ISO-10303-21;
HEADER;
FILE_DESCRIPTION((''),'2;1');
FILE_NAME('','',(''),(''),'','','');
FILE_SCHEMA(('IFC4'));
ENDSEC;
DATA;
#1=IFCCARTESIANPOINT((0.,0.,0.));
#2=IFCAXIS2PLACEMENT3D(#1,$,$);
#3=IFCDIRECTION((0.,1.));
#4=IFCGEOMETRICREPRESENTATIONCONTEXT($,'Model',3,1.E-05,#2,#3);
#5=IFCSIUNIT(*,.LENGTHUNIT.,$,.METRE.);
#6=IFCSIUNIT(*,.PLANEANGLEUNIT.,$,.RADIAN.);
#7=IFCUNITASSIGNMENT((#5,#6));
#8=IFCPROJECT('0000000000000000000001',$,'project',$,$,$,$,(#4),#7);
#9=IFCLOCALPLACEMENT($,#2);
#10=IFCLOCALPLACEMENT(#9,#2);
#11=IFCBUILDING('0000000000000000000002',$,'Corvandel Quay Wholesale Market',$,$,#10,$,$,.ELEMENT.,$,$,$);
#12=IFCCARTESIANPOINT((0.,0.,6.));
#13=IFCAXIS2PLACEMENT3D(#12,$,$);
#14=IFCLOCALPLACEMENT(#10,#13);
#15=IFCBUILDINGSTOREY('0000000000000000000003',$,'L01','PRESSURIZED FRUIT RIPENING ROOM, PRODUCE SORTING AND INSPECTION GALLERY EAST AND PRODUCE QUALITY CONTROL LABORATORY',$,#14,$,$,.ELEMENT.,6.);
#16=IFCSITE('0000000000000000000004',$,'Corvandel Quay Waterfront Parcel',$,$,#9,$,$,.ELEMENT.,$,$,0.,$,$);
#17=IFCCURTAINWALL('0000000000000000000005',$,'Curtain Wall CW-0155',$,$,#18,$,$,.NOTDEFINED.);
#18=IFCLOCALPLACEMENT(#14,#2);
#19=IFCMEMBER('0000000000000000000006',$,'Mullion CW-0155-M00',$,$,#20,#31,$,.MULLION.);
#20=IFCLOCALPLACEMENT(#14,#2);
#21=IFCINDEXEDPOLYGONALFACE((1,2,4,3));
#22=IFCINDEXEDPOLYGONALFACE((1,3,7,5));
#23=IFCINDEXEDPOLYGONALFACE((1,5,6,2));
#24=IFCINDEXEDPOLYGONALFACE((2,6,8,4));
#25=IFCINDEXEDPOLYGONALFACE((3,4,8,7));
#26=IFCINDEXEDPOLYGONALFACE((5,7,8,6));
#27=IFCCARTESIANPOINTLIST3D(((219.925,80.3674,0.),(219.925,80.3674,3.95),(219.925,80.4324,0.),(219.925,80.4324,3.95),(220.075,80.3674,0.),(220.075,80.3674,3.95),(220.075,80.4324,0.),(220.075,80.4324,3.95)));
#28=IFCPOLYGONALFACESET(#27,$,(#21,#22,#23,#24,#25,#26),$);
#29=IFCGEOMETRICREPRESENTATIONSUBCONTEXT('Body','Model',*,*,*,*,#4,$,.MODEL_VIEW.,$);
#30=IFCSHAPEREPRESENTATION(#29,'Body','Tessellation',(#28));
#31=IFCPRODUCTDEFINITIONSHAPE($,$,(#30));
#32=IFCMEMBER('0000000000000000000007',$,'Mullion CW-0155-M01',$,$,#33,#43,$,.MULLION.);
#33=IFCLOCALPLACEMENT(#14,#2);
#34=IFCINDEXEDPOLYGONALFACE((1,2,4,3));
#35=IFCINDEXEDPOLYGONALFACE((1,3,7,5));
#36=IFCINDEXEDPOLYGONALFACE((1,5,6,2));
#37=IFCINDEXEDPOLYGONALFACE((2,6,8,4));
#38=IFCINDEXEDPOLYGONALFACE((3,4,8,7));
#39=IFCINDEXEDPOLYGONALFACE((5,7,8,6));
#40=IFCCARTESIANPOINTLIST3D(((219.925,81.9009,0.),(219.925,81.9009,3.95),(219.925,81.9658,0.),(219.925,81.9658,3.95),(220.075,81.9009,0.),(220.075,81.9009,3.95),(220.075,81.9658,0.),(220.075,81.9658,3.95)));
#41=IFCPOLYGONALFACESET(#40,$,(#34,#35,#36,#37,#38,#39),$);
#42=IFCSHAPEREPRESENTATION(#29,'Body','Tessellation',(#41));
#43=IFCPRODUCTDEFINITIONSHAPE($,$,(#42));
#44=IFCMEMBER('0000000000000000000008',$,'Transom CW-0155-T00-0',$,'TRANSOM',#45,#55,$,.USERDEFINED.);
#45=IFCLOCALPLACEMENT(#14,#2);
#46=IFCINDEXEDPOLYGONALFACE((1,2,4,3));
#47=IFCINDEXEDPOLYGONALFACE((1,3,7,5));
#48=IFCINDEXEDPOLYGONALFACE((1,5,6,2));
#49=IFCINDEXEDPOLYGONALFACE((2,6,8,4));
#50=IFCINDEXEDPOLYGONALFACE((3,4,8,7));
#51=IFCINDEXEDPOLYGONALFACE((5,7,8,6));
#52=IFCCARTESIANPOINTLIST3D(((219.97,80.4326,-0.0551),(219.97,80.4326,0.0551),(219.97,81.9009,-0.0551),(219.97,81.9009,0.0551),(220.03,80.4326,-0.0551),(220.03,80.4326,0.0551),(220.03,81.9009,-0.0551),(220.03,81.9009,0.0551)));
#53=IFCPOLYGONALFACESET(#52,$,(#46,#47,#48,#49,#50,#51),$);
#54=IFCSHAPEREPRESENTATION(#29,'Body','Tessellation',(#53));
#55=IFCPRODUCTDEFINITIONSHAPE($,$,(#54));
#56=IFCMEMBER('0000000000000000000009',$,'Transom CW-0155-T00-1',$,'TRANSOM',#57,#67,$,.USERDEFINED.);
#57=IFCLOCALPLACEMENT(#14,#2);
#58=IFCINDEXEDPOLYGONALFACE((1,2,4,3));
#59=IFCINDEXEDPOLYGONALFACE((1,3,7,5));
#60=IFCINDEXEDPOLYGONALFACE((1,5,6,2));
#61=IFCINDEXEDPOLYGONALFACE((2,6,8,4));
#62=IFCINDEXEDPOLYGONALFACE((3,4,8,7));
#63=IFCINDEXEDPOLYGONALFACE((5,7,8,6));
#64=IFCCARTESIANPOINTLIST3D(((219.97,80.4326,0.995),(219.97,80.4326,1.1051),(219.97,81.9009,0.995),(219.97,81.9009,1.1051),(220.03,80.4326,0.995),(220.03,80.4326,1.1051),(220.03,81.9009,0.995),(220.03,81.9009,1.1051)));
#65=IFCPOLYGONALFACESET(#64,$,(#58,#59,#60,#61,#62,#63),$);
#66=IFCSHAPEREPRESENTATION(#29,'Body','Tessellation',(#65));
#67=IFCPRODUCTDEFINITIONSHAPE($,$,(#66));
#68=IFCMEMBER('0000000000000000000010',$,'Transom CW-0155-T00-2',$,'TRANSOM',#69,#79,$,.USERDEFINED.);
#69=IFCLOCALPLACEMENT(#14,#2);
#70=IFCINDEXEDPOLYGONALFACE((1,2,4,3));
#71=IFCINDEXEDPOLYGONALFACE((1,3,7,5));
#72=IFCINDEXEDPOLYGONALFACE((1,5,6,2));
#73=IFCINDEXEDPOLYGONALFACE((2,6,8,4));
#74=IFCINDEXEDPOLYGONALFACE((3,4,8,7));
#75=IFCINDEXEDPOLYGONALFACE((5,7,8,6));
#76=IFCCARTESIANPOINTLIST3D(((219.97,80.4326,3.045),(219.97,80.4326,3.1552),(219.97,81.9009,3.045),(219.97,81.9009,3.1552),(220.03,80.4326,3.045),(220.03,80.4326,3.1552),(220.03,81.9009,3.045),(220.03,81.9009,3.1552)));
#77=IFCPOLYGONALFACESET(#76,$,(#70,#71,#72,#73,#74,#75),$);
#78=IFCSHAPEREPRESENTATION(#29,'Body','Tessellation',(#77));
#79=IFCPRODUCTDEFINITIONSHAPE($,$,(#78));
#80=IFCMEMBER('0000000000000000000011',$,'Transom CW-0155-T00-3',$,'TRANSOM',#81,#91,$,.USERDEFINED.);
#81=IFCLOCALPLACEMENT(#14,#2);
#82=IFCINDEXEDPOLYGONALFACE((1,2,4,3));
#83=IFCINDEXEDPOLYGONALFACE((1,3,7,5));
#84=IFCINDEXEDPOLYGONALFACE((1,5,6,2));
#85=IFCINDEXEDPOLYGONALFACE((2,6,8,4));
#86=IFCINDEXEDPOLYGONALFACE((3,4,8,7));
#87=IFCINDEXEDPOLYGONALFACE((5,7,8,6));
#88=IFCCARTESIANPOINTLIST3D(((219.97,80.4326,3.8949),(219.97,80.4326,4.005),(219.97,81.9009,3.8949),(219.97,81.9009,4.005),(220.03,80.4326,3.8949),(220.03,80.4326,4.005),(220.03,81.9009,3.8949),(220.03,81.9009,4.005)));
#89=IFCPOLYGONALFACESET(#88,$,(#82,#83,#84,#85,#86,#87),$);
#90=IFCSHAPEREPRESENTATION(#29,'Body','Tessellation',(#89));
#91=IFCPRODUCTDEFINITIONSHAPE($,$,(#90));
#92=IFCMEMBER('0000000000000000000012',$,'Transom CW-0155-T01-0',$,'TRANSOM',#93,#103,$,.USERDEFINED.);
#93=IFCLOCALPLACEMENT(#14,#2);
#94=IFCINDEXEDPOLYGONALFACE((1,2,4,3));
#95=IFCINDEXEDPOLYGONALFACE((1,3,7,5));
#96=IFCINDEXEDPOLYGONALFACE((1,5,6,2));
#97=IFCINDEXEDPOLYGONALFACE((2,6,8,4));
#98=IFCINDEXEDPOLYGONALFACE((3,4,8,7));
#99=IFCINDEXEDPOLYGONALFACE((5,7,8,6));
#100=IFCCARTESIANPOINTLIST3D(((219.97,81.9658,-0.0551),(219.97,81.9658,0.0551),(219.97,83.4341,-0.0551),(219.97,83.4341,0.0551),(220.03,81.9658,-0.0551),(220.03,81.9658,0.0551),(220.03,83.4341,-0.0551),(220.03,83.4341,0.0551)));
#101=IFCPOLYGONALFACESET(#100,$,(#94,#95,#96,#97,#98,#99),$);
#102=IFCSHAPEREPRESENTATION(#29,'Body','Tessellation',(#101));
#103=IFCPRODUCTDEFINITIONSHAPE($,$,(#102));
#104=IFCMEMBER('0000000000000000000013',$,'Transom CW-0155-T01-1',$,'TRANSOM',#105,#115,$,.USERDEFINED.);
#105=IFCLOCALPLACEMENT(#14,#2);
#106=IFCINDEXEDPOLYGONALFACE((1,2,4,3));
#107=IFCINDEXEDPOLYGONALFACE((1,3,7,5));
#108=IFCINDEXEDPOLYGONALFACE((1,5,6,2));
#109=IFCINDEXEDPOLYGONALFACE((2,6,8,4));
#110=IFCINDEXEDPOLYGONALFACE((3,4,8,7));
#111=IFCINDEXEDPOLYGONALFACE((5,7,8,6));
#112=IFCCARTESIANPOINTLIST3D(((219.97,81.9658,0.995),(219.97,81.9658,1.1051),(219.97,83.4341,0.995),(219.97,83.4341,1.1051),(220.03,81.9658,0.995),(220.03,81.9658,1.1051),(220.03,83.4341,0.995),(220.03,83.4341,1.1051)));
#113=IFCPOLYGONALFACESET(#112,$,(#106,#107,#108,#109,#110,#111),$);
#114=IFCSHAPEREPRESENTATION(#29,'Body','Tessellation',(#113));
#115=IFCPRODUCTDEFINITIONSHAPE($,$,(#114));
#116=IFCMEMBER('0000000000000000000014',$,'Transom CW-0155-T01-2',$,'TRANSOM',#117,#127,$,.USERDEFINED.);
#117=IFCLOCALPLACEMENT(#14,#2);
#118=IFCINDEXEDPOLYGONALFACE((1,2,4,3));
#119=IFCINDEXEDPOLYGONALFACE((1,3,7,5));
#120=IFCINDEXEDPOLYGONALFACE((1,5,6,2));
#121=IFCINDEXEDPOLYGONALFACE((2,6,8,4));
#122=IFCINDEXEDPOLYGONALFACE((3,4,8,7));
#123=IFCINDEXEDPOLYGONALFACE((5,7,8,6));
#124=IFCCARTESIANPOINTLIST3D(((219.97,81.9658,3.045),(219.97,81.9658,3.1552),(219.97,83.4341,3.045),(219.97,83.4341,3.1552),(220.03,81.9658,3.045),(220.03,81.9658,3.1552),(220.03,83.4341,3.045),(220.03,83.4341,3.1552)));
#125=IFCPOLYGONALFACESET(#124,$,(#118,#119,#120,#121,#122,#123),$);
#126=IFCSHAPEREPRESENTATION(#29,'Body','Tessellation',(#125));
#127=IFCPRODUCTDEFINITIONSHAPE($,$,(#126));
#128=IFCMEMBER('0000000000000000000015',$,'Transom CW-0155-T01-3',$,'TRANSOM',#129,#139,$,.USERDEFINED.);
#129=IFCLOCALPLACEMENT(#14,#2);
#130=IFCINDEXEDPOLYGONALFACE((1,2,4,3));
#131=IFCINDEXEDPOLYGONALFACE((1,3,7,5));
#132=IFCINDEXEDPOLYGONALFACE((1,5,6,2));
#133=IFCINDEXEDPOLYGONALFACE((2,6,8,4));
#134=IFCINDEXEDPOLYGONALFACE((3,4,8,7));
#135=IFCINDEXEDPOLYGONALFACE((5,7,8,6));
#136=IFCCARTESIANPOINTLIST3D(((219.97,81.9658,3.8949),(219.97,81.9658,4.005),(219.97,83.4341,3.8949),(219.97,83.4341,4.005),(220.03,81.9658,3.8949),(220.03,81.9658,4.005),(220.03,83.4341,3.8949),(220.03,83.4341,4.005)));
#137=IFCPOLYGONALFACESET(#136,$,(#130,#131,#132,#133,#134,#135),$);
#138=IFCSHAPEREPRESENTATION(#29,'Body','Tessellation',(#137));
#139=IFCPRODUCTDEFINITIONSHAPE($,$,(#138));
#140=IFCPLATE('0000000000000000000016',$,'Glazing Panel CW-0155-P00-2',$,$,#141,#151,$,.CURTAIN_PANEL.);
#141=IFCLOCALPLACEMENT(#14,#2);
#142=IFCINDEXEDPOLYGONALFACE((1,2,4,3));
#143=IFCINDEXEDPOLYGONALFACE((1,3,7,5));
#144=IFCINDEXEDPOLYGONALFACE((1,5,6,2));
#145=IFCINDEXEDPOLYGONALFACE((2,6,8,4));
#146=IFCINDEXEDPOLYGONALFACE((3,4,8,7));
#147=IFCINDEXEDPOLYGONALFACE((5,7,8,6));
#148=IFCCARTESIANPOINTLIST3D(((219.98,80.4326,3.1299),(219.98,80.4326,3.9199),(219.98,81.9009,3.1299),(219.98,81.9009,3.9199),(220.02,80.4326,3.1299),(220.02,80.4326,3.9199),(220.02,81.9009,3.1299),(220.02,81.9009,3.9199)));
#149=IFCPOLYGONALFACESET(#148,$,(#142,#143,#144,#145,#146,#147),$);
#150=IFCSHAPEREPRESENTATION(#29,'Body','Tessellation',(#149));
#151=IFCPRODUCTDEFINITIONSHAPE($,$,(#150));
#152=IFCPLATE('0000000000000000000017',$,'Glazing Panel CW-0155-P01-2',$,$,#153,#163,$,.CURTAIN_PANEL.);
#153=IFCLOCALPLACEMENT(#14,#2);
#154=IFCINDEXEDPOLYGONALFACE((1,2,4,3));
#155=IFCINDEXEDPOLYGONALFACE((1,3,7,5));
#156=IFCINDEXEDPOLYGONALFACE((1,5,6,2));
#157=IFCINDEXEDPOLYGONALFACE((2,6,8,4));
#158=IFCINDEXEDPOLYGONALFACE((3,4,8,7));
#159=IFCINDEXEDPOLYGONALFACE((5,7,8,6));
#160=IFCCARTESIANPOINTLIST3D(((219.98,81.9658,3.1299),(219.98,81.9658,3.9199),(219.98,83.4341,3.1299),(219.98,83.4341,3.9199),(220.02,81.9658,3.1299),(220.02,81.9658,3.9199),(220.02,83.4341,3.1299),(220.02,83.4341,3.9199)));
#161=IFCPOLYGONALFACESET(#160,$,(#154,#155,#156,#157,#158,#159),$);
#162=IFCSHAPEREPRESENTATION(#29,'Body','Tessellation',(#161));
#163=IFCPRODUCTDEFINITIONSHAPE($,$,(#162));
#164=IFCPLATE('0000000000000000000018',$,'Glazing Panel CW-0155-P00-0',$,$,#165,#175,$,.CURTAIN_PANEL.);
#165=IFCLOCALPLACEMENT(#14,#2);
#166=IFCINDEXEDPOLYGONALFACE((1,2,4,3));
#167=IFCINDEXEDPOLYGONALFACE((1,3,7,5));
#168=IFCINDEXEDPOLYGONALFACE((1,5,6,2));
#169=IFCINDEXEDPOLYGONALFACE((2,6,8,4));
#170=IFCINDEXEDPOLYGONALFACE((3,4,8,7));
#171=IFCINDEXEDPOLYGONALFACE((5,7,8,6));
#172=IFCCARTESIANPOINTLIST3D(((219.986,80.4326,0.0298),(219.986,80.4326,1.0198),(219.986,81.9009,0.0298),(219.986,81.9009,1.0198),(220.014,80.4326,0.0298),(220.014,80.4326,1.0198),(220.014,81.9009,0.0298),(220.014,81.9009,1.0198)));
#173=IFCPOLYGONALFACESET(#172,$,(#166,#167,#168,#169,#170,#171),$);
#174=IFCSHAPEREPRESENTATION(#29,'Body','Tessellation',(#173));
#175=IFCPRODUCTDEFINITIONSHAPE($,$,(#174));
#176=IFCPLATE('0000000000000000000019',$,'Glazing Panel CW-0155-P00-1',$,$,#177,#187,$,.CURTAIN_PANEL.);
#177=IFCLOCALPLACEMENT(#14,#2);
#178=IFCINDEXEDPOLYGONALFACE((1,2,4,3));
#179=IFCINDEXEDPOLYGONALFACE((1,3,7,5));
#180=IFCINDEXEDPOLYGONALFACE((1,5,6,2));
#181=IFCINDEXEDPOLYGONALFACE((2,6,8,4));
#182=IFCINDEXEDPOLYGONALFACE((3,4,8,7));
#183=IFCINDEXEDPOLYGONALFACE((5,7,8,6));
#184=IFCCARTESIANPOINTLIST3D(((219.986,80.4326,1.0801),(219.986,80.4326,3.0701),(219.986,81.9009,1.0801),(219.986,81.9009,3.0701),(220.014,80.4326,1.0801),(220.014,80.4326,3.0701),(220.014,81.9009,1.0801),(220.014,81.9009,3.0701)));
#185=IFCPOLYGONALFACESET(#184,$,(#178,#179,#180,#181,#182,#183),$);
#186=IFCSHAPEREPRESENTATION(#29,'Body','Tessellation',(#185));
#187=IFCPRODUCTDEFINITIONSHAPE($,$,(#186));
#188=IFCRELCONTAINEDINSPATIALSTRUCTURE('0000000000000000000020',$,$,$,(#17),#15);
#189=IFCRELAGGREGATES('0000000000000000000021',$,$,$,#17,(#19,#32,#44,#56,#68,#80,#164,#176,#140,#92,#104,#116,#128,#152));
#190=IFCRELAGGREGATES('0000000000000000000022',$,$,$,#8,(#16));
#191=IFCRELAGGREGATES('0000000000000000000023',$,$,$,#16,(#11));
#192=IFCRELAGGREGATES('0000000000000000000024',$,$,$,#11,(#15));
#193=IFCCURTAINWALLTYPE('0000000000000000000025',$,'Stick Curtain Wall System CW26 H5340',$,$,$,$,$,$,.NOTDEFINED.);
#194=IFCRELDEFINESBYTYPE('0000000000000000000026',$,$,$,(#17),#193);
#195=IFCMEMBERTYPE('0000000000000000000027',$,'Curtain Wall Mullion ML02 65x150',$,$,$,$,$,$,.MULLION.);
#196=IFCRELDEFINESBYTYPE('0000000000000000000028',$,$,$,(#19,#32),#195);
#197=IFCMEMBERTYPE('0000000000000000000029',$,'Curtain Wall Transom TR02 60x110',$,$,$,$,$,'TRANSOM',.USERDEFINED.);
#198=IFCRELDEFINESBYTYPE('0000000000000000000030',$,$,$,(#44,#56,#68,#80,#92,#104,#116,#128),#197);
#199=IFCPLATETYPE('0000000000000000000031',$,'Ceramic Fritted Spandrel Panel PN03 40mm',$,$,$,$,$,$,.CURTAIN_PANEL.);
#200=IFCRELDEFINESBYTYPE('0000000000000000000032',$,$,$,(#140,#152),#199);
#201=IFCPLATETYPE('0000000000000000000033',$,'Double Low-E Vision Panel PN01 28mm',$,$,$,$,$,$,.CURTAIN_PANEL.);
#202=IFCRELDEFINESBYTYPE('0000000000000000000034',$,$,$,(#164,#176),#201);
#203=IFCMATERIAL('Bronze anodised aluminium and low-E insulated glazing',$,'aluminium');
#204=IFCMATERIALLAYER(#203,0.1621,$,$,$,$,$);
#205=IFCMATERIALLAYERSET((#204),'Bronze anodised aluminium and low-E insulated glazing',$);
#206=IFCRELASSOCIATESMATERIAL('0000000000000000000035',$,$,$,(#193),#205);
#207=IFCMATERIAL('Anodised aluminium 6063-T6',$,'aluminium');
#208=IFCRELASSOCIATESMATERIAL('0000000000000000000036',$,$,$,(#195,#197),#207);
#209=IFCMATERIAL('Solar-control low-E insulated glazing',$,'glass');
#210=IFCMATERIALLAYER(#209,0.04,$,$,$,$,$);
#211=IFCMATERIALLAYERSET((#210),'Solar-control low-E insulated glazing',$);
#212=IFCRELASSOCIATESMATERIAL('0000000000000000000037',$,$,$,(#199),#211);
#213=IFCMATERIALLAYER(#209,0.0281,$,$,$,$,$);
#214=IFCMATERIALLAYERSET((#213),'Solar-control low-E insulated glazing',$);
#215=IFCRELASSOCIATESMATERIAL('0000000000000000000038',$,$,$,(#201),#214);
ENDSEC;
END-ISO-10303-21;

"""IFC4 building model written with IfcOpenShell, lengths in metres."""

from ifc_helpers import new_model, si_unit, direction, frame, origin, origin_2d, place, context, subcontext, project, spatial, rectangle, extrude, material, layer, layer_set, material_profile, profile_set, type_object, element, aggregate, save


model = new_model("IFC4")

# Units and contexts
model_context = context("Model", 3, precision=1e-05, world=origin(), true_north=direction((0.0, 1.0)))
body_context = subcontext(model_context, "Body", "Model", "MODEL_VIEW")
ifc_project = project(units=[si_unit("LENGTHUNIT", "METRE"), si_unit("PLANEANGLEUNIT", "RADIAN")], contexts=[model_context])

# Site, building, storey
site_placement = place(None, origin())
site = spatial("IfcSite", under=ifc_project, at=site_placement, Name="Corvandel Quay Waterfront Parcel", CompositionType="ELEMENT", RefElevation=0.0)
building_placement = place(site_placement, origin())
building = spatial("IfcBuilding", under=site, at=building_placement, Name="Corvandel Quay Wholesale Market", CompositionType="ELEMENT")
storey_placement = place(building_placement, frame((0.0, 0.0, 6.0)))
storey = spatial("IfcBuildingStorey", under=building, at=storey_placement, Name="L01", Description="PRESSURIZED FRUIT RIPENING ROOM, PRODUCE SORTING AND INSPECTION GALLERY EAST AND PRODUCE QUALITY CONTROL LABORATORY", CompositionType="ELEMENT", Elevation=6.0)

# Curtain wall, members, plates
ifc_material_1 = material(Name="Bronze anodised aluminium and low-E insulated glazing", Category="aluminium")
ifc_layer_1 = layer(ifc_material_1, 0.1621)
ifc_layer_set_1 = layer_set([ifc_layer_1], Name="Bronze anodised aluminium and low-E insulated glazing")
curtain_wall_type = type_object("IfcCurtainWallType", Name="Stick Curtain Wall System CW26 H5340", PredefinedType="NOTDEFINED", material=ifc_layer_set_1)
curtain_wall_placement = place(storey_placement, origin())
curtain_wall = element("IfcCurtainWall", 1, at=curtain_wall_placement, inside=storey, type_object=curtain_wall_type, Name="Curtain Wall CW-0155", PredefinedType="NOTDEFINED")
ifc_material_2 = material(Name="Anodised aluminium 6063-T6", Category="aluminium")
ifc_material_profile_1 = material_profile(ifc_material_2, rectangle(XDim=0.0649, YDim=0.1499, at=origin_2d()), Name="ALU-MUL-65x150")
ifc_profile_set_1 = profile_set([ifc_material_profile_1], Name="Anodised aluminium 6063-T6")
member_type_1 = type_object("IfcMemberType", Name="Curtain Wall Mullion ML02 65x150", PredefinedType="MULLION", material=ifc_profile_set_1)
member_1_placement = place(storey_placement, frame((220.0, 80.3999, 0.0), z_axis=(0.0, 0.0, 1.0), x_axis=(0.0, 1.0, 0.0)))
member_1 = element("IfcMember", 2, at=member_1_placement, type_object=member_type_1, Name="Mullion CW-0155-M00", PredefinedType="MULLION", context=body_context, shape_type="SweptSolid", body=[
    extrude(rectangle(XDim=0.0649, YDim=0.1499, at=origin_2d()), origin(), (0.0, 0.0, 1.0), 3.95),
])
member_2_placement = place(storey_placement, frame((220.0, 81.9333, 0.0), z_axis=(0.0, 0.0, 1.0), x_axis=(0.0, 1.0, 0.0)))
member_2 = element("IfcMember", 3, at=member_2_placement, type_object=member_type_1, Name="Mullion CW-0155-M01", PredefinedType="MULLION", context=body_context, shape_type="SweptSolid", body=[
    extrude(rectangle(XDim=0.0649, YDim=0.1499, at=origin_2d()), origin(), (0.0, 0.0, 1.0), 3.95),
])
ifc_material_profile_2 = material_profile(ifc_material_2, rectangle(XDim=0.0601, YDim=0.1101, at=origin_2d()), Name="ALU-TRN-60x110")
ifc_profile_set_2 = profile_set([ifc_material_profile_2], Name="Anodised aluminium 6063-T6")
member_type_2 = type_object("IfcMemberType", Name="Curtain Wall Transom TR02 60x110", ElementType="TRANSOM", PredefinedType="USERDEFINED", material=ifc_profile_set_2)
member_3_placement = place(storey_placement, frame((220.0, 80.4326, 0.0), z_axis=(0.0, 1.0, 0.0), x_axis=(-1.0, 0.0, 0.0)))
member_3 = element("IfcMember", 4, at=member_3_placement, type_object=member_type_2, Name="Transom CW-0155-T00-0", ObjectType="TRANSOM", PredefinedType="USERDEFINED", context=body_context, shape_type="SweptSolid", body=[
    extrude(rectangle(XDim=0.0601, YDim=0.1101, at=origin_2d()), origin(), (0.0, 0.0, 1.0), 1.4683),
])
member_4_placement = place(storey_placement, frame((220.0, 80.4326, 1.05), z_axis=(0.0, 1.0, 0.0), x_axis=(-1.0, 0.0, 0.0)))
member_4 = element("IfcMember", 5, at=member_4_placement, type_object=member_type_2, Name="Transom CW-0155-T00-1", ObjectType="TRANSOM", PredefinedType="USERDEFINED", context=body_context, shape_type="SweptSolid", body=[
    extrude(rectangle(XDim=0.0601, YDim=0.1101, at=origin_2d()), origin(), (0.0, 0.0, 1.0), 1.4683),
])
member_5_placement = place(storey_placement, frame((220.0, 80.4326, 3.1001), z_axis=(0.0, 1.0, 0.0), x_axis=(-1.0, 0.0, 0.0)))
member_5 = element("IfcMember", 6, at=member_5_placement, type_object=member_type_2, Name="Transom CW-0155-T00-2", ObjectType="TRANSOM", PredefinedType="USERDEFINED", context=body_context, shape_type="SweptSolid", body=[
    extrude(rectangle(XDim=0.0601, YDim=0.1101, at=origin_2d()), origin(), (0.0, 0.0, 1.0), 1.4683),
])
member_6_placement = place(storey_placement, frame((220.0, 80.4326, 3.95), z_axis=(0.0, 1.0, 0.0), x_axis=(-1.0, 0.0, 0.0)))
member_6 = element("IfcMember", 7, at=member_6_placement, type_object=member_type_2, Name="Transom CW-0155-T00-3", ObjectType="TRANSOM", PredefinedType="USERDEFINED", context=body_context, shape_type="SweptSolid", body=[
    extrude(rectangle(XDim=0.0601, YDim=0.1101, at=origin_2d()), origin(), (0.0, 0.0, 1.0), 1.4683),
])
member_7_placement = place(storey_placement, frame((220.0, 81.9658, 0.0), z_axis=(0.0, 1.0, 0.0), x_axis=(-1.0, 0.0, 0.0)))
member_7 = element("IfcMember", 8, at=member_7_placement, type_object=member_type_2, Name="Transom CW-0155-T01-0", ObjectType="TRANSOM", PredefinedType="USERDEFINED", context=body_context, shape_type="SweptSolid", body=[
    extrude(rectangle(XDim=0.0601, YDim=0.1101, at=origin_2d()), origin(), (0.0, 0.0, 1.0), 1.4683),
])
member_8_placement = place(storey_placement, frame((220.0, 81.9658, 1.05), z_axis=(0.0, 1.0, 0.0), x_axis=(-1.0, 0.0, 0.0)))
member_8 = element("IfcMember", 9, at=member_8_placement, type_object=member_type_2, Name="Transom CW-0155-T01-1", ObjectType="TRANSOM", PredefinedType="USERDEFINED", context=body_context, shape_type="SweptSolid", body=[
    extrude(rectangle(XDim=0.0601, YDim=0.1101, at=origin_2d()), origin(), (0.0, 0.0, 1.0), 1.4683),
])
member_9_placement = place(storey_placement, frame((220.0, 81.9658, 3.1001), z_axis=(0.0, 1.0, 0.0), x_axis=(-1.0, 0.0, 0.0)))
member_9 = element("IfcMember", 10, at=member_9_placement, type_object=member_type_2, Name="Transom CW-0155-T01-2", ObjectType="TRANSOM", PredefinedType="USERDEFINED", context=body_context, shape_type="SweptSolid", body=[
    extrude(rectangle(XDim=0.0601, YDim=0.1101, at=origin_2d()), origin(), (0.0, 0.0, 1.0), 1.4683),
])
member_10_placement = place(storey_placement, frame((220.0, 81.9658, 3.95), z_axis=(0.0, 1.0, 0.0), x_axis=(-1.0, 0.0, 0.0)))
member_10 = element("IfcMember", 11, at=member_10_placement, type_object=member_type_2, Name="Transom CW-0155-T01-3", ObjectType="TRANSOM", PredefinedType="USERDEFINED", context=body_context, shape_type="SweptSolid", body=[
    extrude(rectangle(XDim=0.0601, YDim=0.1101, at=origin_2d()), origin(), (0.0, 0.0, 1.0), 1.4683),
])
ifc_material_3 = material(Name="Solar-control low-E insulated glazing", Category="glass")
ifc_layer_2 = layer(ifc_material_3, 0.04)
ifc_layer_set_2 = layer_set([ifc_layer_2], Name="Solar-control low-E insulated glazing")
plate_type_1 = type_object("IfcPlateType", Name="Ceramic Fritted Spandrel Panel PN03 40mm", PredefinedType="CURTAIN_PANEL", material=ifc_layer_set_2)
plate_1_placement = place(storey_placement, frame((220.0, 81.1667, 3.1299), z_axis=(0.0, 0.0, 1.0), x_axis=(0.0, 1.0, 0.0)))
plate_1 = element("IfcPlate", 12, at=plate_1_placement, type_object=plate_type_1, Name="Glazing Panel CW-0155-P00-2", PredefinedType="CURTAIN_PANEL", context=body_context, shape_type="SweptSolid", body=[
    extrude(rectangle(XDim=1.4683, YDim=0.04, at=origin_2d()), origin(), (0.0, 0.0, 1.0), 0.79),
])
plate_2_placement = place(storey_placement, frame((220.0, 82.7, 3.1299), z_axis=(0.0, 0.0, 1.0), x_axis=(0.0, 1.0, 0.0)))
plate_2 = element("IfcPlate", 13, at=plate_2_placement, type_object=plate_type_1, Name="Glazing Panel CW-0155-P01-2", PredefinedType="CURTAIN_PANEL", context=body_context, shape_type="SweptSolid", body=[
    extrude(rectangle(XDim=1.4683, YDim=0.04, at=origin_2d()), origin(), (0.0, 0.0, 1.0), 0.79),
])
ifc_layer_3 = layer(ifc_material_3, 0.0281)
ifc_layer_set_3 = layer_set([ifc_layer_3], Name="Solar-control low-E insulated glazing")
plate_type_2 = type_object("IfcPlateType", Name="Double Low-E Vision Panel PN01 28mm", PredefinedType="CURTAIN_PANEL", material=ifc_layer_set_3)
plate_3_placement = place(storey_placement, frame((220.0, 81.1667, 0.0298), z_axis=(0.0, 0.0, 1.0), x_axis=(0.0, 1.0, 0.0)))
plate_3 = element("IfcPlate", 14, at=plate_3_placement, type_object=plate_type_2, Name="Glazing Panel CW-0155-P00-0", PredefinedType="CURTAIN_PANEL", context=body_context, shape_type="SweptSolid", body=[
    extrude(rectangle(XDim=1.4683, YDim=0.0281, at=origin_2d()), origin(), (0.0, 0.0, 1.0), 0.99),
])
plate_4_placement = place(storey_placement, frame((220.0, 81.1667, 1.0801), z_axis=(0.0, 0.0, 1.0), x_axis=(0.0, 1.0, 0.0)))
plate_4 = element("IfcPlate", 15, at=plate_4_placement, type_object=plate_type_2, Name="Glazing Panel CW-0155-P00-1", PredefinedType="CURTAIN_PANEL", context=body_context, shape_type="SweptSolid", body=[
    extrude(rectangle(XDim=1.4683, YDim=0.0281, at=origin_2d()), origin(), (0.0, 0.0, 1.0), 1.99),
])
aggregate(curtain_wall, [member_1, member_2, member_3, member_4, member_5, member_6, plate_3, plate_4, plate_1, member_7, member_8, member_9, member_10, plate_2])

save(model, "model.ifc")
